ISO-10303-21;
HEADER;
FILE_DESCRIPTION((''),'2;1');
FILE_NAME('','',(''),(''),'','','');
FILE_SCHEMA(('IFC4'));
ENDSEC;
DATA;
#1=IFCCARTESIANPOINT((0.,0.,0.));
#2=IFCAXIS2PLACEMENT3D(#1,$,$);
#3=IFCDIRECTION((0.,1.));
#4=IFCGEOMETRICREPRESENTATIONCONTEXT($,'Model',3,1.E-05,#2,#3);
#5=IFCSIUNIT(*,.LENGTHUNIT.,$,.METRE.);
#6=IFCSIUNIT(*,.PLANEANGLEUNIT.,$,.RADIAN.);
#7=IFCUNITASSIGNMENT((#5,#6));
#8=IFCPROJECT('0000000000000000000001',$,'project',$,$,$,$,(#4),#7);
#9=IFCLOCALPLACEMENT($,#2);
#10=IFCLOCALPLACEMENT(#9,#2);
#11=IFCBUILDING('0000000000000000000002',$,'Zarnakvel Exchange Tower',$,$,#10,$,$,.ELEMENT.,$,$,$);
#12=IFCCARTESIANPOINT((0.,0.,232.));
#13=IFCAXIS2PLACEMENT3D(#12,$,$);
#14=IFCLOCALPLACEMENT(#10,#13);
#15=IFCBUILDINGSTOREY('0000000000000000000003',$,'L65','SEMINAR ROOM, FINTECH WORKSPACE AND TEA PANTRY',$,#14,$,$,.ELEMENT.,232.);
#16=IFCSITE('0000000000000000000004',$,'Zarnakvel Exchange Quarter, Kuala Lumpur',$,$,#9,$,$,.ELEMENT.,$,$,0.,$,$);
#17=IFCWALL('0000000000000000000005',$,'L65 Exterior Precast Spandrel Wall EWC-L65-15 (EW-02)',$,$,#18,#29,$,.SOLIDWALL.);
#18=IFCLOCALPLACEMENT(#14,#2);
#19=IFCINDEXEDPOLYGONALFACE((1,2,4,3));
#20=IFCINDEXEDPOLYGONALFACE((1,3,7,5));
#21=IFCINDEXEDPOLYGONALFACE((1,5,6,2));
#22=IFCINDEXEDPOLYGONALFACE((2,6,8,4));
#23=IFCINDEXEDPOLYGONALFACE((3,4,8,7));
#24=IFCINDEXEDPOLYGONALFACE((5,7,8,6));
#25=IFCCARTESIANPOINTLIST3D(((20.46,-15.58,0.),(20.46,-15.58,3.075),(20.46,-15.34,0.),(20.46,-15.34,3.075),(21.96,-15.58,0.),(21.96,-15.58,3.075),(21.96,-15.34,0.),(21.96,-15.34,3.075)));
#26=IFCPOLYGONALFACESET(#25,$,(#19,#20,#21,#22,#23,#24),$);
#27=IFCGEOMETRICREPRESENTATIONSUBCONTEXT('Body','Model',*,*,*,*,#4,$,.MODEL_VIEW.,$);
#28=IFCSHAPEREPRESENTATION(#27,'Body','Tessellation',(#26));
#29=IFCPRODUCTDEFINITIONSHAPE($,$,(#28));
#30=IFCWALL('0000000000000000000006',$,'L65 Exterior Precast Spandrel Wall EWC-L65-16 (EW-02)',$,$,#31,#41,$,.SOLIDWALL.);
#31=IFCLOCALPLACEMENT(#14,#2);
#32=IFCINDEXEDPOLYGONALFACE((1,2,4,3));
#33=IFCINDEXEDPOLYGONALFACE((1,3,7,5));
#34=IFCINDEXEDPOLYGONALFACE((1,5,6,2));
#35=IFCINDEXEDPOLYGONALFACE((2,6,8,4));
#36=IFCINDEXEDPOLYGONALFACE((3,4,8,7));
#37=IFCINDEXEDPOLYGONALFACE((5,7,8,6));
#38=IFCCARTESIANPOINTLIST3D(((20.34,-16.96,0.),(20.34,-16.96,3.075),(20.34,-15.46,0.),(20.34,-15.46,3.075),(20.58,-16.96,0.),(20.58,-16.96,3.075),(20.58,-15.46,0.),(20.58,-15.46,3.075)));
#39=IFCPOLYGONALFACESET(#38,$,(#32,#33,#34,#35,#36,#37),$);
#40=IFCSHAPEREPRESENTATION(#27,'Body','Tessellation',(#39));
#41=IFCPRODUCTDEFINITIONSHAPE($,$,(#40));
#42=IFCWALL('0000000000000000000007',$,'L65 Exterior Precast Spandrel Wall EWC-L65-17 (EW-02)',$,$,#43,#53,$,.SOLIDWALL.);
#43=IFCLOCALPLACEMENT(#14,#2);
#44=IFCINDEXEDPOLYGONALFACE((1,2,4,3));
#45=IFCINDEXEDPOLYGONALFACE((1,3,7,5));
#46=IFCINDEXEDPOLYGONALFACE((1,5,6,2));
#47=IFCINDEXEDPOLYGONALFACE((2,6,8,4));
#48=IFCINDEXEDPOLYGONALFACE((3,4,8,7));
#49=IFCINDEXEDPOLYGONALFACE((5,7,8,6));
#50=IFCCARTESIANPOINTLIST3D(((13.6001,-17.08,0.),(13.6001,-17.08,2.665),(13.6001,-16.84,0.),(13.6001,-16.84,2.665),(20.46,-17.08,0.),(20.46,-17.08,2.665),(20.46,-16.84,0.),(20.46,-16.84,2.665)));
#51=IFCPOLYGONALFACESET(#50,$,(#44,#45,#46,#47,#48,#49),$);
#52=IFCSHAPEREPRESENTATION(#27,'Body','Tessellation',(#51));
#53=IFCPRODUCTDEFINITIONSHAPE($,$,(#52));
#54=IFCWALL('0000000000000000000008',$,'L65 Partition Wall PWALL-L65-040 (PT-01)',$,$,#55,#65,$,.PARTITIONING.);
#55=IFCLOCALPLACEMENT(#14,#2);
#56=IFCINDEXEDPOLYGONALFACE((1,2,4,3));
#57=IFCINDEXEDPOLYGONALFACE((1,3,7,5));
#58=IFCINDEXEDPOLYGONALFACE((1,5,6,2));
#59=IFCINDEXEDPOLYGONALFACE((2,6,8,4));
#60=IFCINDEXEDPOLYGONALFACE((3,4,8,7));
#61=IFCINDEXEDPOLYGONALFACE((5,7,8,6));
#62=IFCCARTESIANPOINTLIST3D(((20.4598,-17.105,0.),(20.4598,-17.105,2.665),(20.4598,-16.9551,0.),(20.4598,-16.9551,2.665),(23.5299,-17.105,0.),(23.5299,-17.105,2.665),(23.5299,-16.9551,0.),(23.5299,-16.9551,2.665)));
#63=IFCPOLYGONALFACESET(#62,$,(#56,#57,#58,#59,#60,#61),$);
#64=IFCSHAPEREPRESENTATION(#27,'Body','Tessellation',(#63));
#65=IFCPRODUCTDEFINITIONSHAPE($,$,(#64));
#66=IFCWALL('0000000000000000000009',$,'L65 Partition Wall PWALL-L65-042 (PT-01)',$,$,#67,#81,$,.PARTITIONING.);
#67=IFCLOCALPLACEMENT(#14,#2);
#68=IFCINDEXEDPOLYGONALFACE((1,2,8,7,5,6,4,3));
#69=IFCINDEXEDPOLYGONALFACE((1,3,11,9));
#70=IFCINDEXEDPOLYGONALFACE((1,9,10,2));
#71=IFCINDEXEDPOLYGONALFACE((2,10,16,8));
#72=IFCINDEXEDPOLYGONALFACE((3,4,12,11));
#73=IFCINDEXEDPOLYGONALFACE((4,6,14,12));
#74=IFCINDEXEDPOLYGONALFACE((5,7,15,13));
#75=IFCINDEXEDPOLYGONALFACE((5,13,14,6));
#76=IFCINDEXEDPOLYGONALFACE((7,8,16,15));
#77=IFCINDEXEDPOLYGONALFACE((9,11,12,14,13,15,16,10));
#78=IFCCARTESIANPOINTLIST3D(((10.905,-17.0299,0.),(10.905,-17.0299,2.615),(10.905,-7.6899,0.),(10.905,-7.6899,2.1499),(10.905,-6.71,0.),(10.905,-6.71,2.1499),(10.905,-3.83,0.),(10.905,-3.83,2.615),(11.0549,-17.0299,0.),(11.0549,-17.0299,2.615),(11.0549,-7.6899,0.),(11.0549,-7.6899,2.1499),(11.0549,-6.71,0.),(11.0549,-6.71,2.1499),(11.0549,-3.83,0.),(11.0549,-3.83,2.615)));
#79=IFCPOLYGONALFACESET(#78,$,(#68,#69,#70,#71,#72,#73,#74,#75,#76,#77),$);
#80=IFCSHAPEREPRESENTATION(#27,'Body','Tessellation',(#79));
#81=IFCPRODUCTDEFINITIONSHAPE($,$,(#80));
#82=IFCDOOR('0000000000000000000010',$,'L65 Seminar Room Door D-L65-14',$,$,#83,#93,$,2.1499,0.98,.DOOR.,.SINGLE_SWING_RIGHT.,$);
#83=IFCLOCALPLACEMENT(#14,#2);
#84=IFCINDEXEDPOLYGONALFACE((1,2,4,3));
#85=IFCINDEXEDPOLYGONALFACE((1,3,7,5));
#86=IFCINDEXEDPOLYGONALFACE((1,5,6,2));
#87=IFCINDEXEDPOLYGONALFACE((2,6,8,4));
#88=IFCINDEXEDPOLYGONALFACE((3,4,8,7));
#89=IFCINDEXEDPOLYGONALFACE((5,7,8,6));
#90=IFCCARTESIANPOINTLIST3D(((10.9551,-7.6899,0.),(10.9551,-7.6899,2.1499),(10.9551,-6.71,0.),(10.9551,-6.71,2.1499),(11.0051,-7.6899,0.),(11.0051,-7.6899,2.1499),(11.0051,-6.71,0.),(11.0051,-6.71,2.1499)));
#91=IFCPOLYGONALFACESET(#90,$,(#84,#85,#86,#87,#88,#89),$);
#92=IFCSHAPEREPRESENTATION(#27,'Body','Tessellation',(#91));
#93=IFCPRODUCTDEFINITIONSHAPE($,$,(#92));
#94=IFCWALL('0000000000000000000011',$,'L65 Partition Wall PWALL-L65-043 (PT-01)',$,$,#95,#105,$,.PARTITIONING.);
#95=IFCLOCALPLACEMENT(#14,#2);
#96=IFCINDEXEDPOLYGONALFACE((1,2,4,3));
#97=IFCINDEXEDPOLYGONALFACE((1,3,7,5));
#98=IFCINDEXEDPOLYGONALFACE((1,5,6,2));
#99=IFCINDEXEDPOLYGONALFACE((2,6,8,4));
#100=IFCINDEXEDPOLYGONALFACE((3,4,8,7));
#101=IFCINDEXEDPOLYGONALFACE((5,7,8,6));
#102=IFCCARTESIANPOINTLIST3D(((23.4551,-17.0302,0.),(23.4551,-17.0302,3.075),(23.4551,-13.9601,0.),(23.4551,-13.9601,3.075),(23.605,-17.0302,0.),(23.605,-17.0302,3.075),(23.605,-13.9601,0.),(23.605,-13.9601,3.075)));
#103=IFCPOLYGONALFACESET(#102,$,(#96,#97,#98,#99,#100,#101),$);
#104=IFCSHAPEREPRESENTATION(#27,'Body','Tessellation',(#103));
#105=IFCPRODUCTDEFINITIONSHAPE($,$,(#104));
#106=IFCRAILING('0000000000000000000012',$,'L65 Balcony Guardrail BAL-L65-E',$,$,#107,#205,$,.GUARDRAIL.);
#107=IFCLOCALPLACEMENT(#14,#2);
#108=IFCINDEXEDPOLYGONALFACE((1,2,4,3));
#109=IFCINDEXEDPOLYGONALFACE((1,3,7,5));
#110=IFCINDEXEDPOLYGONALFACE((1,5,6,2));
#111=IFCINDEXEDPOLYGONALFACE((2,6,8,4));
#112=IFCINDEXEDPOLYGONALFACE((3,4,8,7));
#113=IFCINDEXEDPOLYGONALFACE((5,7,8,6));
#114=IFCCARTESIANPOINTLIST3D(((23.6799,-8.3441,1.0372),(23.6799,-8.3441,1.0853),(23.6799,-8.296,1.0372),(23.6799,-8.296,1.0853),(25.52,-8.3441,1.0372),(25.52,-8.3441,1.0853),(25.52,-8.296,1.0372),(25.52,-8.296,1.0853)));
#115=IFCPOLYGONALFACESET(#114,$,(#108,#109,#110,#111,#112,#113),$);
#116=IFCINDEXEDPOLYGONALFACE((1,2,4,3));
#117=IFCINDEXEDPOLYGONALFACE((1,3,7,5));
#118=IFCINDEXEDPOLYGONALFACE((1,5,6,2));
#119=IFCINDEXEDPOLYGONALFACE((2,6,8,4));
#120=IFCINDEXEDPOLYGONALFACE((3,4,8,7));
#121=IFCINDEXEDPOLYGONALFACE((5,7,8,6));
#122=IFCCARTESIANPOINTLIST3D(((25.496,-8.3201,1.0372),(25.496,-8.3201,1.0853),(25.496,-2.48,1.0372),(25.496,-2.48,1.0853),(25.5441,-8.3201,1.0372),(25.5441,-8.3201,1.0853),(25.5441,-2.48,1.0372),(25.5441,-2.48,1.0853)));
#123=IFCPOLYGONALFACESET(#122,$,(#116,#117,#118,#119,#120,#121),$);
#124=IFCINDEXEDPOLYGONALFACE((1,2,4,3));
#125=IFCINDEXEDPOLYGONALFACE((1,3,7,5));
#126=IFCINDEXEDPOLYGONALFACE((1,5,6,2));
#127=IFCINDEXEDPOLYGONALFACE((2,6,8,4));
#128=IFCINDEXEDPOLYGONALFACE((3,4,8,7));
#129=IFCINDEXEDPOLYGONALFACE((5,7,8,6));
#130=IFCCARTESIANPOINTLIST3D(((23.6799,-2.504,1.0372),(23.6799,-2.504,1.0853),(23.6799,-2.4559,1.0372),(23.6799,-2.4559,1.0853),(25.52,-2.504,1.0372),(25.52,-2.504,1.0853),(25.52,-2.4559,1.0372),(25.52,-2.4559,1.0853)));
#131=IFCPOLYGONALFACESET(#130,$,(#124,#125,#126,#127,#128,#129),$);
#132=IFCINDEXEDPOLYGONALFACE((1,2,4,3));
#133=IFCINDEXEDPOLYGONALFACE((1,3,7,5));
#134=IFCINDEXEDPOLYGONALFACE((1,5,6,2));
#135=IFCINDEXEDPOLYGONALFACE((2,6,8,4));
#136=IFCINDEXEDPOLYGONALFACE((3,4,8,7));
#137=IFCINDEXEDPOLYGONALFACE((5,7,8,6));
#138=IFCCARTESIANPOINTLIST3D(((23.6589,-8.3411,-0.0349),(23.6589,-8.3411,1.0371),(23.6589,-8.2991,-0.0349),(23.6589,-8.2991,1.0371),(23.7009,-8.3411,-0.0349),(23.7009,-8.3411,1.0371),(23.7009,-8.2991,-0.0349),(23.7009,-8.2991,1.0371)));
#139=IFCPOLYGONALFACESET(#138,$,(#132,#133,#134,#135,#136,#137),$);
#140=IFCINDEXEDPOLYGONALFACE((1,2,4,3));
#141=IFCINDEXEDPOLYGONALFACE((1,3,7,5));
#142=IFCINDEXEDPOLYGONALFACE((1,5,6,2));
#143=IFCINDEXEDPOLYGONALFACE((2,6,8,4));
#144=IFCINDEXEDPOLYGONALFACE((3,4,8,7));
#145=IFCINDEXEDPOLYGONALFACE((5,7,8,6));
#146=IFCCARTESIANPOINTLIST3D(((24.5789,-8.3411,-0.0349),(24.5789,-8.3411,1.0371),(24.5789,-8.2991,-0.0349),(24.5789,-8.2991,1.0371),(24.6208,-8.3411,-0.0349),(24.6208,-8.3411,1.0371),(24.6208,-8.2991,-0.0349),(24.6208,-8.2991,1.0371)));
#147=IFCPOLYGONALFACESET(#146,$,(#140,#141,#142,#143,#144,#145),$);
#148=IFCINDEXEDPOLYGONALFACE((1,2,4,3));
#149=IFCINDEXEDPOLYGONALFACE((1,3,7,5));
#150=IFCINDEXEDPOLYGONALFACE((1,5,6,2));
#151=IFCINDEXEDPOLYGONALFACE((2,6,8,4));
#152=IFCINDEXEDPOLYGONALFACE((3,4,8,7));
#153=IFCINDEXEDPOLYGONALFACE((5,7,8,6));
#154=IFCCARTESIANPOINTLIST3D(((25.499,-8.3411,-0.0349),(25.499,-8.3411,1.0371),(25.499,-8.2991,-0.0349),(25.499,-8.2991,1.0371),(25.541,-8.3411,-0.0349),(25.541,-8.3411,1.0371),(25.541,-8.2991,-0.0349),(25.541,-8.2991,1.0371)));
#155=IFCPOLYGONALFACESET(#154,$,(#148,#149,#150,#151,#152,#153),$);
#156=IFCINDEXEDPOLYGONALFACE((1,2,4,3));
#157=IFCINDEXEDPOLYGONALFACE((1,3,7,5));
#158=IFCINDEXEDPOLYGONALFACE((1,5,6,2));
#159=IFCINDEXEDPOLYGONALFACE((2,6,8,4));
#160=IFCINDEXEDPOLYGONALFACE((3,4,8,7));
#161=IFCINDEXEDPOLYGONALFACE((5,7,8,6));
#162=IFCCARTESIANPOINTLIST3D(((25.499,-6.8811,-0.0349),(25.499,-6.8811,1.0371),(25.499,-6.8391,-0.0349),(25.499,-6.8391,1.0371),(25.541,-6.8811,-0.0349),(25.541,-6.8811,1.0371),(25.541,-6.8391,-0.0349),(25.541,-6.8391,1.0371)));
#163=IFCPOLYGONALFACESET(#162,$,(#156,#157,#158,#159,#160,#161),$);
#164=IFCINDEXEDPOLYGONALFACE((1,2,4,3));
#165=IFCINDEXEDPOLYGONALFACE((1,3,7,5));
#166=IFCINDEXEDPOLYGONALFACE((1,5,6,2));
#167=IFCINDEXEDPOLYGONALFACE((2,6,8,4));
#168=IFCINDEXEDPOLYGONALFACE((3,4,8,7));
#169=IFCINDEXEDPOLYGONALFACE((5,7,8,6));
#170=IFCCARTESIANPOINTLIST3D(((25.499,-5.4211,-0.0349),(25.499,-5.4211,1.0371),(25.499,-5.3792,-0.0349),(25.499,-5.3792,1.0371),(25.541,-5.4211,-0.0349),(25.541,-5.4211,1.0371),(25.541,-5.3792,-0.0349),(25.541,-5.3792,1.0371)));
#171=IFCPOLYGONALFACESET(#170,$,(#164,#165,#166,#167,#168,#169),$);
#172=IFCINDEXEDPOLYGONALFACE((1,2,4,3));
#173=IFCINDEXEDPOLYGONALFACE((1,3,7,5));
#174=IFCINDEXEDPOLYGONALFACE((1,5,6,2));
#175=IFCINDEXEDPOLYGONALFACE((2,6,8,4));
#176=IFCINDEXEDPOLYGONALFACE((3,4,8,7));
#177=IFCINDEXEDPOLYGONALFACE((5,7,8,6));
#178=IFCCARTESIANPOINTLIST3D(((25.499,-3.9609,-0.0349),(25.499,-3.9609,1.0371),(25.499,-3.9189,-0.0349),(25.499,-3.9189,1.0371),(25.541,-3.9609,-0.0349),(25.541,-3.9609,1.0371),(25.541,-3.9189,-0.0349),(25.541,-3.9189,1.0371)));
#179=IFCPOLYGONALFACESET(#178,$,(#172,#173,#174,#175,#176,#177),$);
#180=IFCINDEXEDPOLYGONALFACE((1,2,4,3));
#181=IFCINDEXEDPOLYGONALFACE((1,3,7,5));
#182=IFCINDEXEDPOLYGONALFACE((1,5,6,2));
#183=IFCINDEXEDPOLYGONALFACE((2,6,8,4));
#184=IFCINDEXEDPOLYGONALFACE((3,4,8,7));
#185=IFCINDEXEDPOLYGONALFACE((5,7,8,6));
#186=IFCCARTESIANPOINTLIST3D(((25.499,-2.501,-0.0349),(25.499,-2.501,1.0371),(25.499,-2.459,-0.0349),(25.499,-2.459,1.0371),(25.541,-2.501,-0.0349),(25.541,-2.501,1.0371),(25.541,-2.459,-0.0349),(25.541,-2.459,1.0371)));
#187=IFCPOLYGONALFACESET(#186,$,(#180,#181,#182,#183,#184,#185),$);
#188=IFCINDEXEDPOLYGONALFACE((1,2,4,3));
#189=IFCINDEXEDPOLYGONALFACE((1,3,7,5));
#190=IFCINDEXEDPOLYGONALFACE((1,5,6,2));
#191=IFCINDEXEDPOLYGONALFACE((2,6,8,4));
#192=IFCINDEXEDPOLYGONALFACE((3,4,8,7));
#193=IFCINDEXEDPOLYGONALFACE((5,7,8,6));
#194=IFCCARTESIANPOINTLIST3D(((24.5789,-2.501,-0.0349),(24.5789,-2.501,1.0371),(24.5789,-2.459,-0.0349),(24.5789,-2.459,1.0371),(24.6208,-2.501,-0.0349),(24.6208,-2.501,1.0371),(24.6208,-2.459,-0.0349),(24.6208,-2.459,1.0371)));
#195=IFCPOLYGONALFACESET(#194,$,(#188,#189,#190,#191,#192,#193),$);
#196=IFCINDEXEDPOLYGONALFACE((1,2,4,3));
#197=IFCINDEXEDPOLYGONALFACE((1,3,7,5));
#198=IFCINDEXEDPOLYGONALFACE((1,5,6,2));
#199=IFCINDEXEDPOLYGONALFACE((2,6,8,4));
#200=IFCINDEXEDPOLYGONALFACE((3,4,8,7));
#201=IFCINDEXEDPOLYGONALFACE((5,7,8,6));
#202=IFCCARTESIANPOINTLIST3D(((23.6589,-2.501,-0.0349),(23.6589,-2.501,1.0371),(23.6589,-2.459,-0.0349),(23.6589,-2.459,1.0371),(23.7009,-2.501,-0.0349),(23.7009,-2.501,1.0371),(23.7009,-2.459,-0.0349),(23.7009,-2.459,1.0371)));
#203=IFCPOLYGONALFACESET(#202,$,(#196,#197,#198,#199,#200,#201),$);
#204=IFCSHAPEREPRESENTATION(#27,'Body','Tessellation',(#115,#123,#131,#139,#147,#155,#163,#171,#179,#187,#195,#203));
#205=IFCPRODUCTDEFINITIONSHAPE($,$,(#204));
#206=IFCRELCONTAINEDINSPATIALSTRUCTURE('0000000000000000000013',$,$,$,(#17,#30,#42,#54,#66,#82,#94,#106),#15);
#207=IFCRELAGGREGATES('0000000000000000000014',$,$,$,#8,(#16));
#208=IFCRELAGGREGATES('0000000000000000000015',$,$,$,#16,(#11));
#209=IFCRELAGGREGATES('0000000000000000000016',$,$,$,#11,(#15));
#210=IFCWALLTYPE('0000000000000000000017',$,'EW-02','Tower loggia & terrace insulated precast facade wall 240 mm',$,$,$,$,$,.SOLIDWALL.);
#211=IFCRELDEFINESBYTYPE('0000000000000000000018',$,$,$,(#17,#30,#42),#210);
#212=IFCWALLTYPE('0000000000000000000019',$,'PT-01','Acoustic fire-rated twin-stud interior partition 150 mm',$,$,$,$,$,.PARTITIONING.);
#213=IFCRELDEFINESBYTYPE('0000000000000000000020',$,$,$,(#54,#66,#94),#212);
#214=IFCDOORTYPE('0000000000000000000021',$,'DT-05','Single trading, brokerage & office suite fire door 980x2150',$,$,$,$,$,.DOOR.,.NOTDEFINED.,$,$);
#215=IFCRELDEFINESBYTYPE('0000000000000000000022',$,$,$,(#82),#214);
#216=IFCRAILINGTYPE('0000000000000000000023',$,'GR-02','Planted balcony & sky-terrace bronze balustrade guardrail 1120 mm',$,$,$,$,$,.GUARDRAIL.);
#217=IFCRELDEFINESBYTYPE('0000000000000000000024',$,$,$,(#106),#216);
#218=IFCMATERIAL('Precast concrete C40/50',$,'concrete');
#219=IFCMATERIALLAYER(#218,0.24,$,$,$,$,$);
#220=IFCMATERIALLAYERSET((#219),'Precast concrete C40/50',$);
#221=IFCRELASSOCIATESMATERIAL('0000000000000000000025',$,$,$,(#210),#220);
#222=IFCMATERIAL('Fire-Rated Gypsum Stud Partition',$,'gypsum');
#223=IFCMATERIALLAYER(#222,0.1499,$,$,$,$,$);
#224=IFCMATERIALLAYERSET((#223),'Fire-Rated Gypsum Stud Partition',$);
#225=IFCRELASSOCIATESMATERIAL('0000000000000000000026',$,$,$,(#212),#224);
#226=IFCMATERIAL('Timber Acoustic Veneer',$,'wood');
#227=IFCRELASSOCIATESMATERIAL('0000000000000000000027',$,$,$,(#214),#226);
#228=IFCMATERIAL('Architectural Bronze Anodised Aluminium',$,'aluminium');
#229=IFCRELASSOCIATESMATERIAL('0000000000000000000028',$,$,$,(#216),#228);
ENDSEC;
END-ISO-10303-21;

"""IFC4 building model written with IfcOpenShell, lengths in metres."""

from ifc_helpers import new_model, si_unit, direction, frame, frame_2d, origin, origin_2d, place, context, subcontext, project, spatial, rectangle, extrude, source, transform, mapped, material, layer, layer_set, type_object, element, fill, save


model = new_model("IFC4")

# Units and contexts
model_context = context("Model", 3, precision=1e-05, world=origin(), true_north=direction((0.0, 1.0)))
body_context = subcontext(model_context, "Body", "Model", "MODEL_VIEW")
ifc_project = project(units=[si_unit("LENGTHUNIT", "METRE"), si_unit("PLANEANGLEUNIT", "RADIAN")], contexts=[model_context])

# Site, building, storey
site_placement = place(None, origin())
site = spatial("IfcSite", under=ifc_project, at=site_placement, Name="Zarnakvel Exchange Quarter, Kuala Lumpur", CompositionType="ELEMENT", RefElevation=0.0)
building_placement = place(site_placement, origin())
building = spatial("IfcBuilding", under=site, at=building_placement, Name="Zarnakvel Exchange Tower", CompositionType="ELEMENT")
storey_placement = place(building_placement, frame((0.0, 0.0, 232.0)))
storey = spatial("IfcBuildingStorey", under=building, at=storey_placement, Name="L65", Description="SEMINAR ROOM, FINTECH WORKSPACE AND TEA PANTRY", CompositionType="ELEMENT", Elevation=232.0)

# Shared definitions
ifc_material_1 = material(Name="Precast concrete C40/50", Category="concrete")
ifc_layer_1 = layer(ifc_material_1, 0.24)
ifc_layer_set_1 = layer_set([ifc_layer_1], Name="Precast concrete C40/50")
wall_type_1 = type_object("IfcWallType", Name="EW-02", Description="Tower loggia & terrace insulated precast facade wall 240 mm", PredefinedType="SOLIDWALL", material=ifc_layer_set_1)
ifc_material_2 = material(Name="Architectural Bronze Anodised Aluminium", Category="aluminium")

# Walls
for number, where, z_axis, x_axis, name in (
    (1, (20.46, -15.46, 0.0), (0.0, 0.0, 1.0), (1.0, 0.0, 0.0), "L65 Exterior Precast Spandrel Wall EWC-L65-15 (EW-02)"),
    (2, (20.46, -16.96, 0.0), (0.0, 0.0, 1.0), (0.0, 1.0, 0.0), "L65 Exterior Precast Spandrel Wall EWC-L65-16 (EW-02)"),
):
    element("IfcWall", number, at=place(storey_placement, frame(where, z_axis=z_axis, x_axis=x_axis)), inside=storey, type_object=wall_type_1, Name=name, PredefinedType="SOLIDWALL", context=body_context, shape_type="SweptSolid", body=[
        extrude(rectangle(XDim=1.5, YDim=0.24, at=frame_2d((0.75, 0.0))), origin(), (0.0, 0.0, 1.0), 3.075),
    ])
wall_1_placement = place(storey_placement, frame((13.6001, -16.96, 0.0), z_axis=(0.0, 0.0, 1.0), x_axis=(1.0, 0.0, 0.0)))
element("IfcWall", 3, at=wall_1_placement, inside=storey, type_object=wall_type_1, Name="L65 Exterior Precast Spandrel Wall EWC-L65-17 (EW-02)", PredefinedType="SOLIDWALL", context=body_context, shape_type="SweptSolid", body=[
    extrude(rectangle(XDim=6.8599, YDim=0.24, at=frame_2d((3.4299, 0.0))), origin(), (0.0, 0.0, 1.0), 2.665),
])
ifc_material_3 = material(Name="Fire-Rated Gypsum Stud Partition", Category="gypsum")
ifc_layer_2 = layer(ifc_material_3, 0.1499)
ifc_layer_set_2 = layer_set([ifc_layer_2], Name="Fire-Rated Gypsum Stud Partition")
wall_type_2 = type_object("IfcWallType", Name="PT-01", Description="Acoustic fire-rated twin-stud interior partition 150 mm", PredefinedType="PARTITIONING", material=ifc_layer_set_2)
wall_2_placement = place(storey_placement, frame((23.53, -17.03, 0.0), z_axis=(0.0, 0.0, 1.0), x_axis=(-1.0, 0.0, 0.0)))
element("IfcWall", 4, at=wall_2_placement, inside=storey, type_object=wall_type_2, Name="L65 Partition Wall PWALL-L65-040 (PT-01)", PredefinedType="PARTITIONING", context=body_context, shape_type="SweptSolid", body=[
    extrude(rectangle(XDim=3.0701, YDim=0.1499, at=frame_2d((1.5352, 0.0))), origin(), (0.0, 0.0, 1.0), 2.665),
])

# Wall, opening, door
wall_3_placement = place(storey_placement, frame((10.98, -17.03, 0.0), z_axis=(0.0, 0.0, 1.0), x_axis=(0.0, 1.0, 0.0)))
wall_3 = element("IfcWall", 5, at=wall_3_placement, inside=storey, type_object=wall_type_2, Name="L65 Partition Wall PWALL-L65-042 (PT-01)", PredefinedType="PARTITIONING", context=body_context, shape_type="SweptSolid", body=[
    extrude(rectangle(XDim=13.2, YDim=0.1499, at=frame_2d((6.6001, 0.0))), origin(), (0.0, 0.0, 1.0), 2.615),
])
opening_1_placement = place(wall_3_placement, frame((9.3401, 0.0, 0.0)))
opening_1 = element("IfcOpeningElement", 6, at=opening_1_placement, cuts=wall_3, PredefinedType="OPENING", context=body_context, shape_type="SweptSolid", body=[
    extrude(rectangle(XDim=0.98, YDim=2.1499, at=frame_2d((0.49, 1.075))), frame((0.0, 0.085, 0.0), z_axis=(0.0, -1.0, 0.0), x_axis=(1.0, 0.0, 0.0)), (0.0, 0.0, 1.0), 0.1699),
])
ifc_material_4 = material(Name="Timber Acoustic Veneer", Category="wood")
door_type_1 = type_object("IfcDoorType", Name="DT-05", Description="Single trading, brokerage & office suite fire door 980x2150", OperationType="NOTDEFINED", PredefinedType="DOOR", material=ifc_material_4)
shared_shape_1 = source(origin(), body_context, "Body", "SweptSolid", [
    extrude(rectangle(XDim=0.98, YDim=2.1499, at=frame_2d((0.49, 1.075))), frame((0.0, 0.0249, 0.0), z_axis=(0.0, -1.0, 0.0), x_axis=(1.0, 0.0, 0.0)), (0.0, 0.0, 1.0), 0.05),
])
door_1_placement = place(opening_1_placement, origin())
door_1 = element("IfcDoor", 7, at=door_1_placement, inside=storey, type_object=door_type_1, Name="L65 Seminar Room Door D-L65-14", OperationType="SINGLE_SWING_RIGHT", OverallHeight=2.1499, OverallWidth=0.98, PredefinedType="DOOR", context=body_context, shape_type="MappedRepresentation", body=[
    mapped(shared_shape_1, transform((0.0, 0.0, 0.0), x_axis=(1.0, 0.0, 0.0), y_axis=(0.0, 1.0, 0.0), z_axis=(0.0, 0.0, 1.0), scale=1.0)),
])
fill(opening_1, door_1)

# Wall
wall_4_placement = place(storey_placement, frame((23.53, -13.96, 0.0), z_axis=(0.0, 0.0, 1.0), x_axis=(0.0, -1.0, 0.0)))
element("IfcWall", 8, at=wall_4_placement, inside=storey, type_object=wall_type_2, Name="L65 Partition Wall PWALL-L65-043 (PT-01)", PredefinedType="PARTITIONING", context=body_context, shape_type="SweptSolid", body=[
    extrude(rectangle(XDim=3.0701, YDim=0.1499, at=frame_2d((1.5352, 0.0))), origin(), (0.0, 0.0, 1.0), 3.075),
])

# Railing
railing_type = type_object("IfcRailingType", Name="GR-02", Description="Planted balcony & sky-terrace bronze balustrade guardrail 1120 mm", PredefinedType="GUARDRAIL", material=ifc_material_2)
railing_placement = place(storey_placement, frame((23.6799, -8.3201, -0.0349)))
element("IfcRailing", 9, at=railing_placement, inside=storey, type_object=railing_type, Name="L65 Balcony Guardrail BAL-L65-E", PredefinedType="GUARDRAIL", context=body_context, shape_type="SweptSolid", body=[
    extrude(rectangle(XDim=0.0481, YDim=0.0481, at=origin_2d()), frame((0.0, 0.0, 1.0962), z_axis=(1.0, 0.0, 0.0), x_axis=(0.0, 1.0, 0.0)), (0.0, 0.0, 1.0), 1.8401),
    extrude(rectangle(XDim=0.0481, YDim=0.0481, at=origin_2d()), frame((1.8401, 0.0, 1.0962), z_axis=(0.0, 1.0, 0.0), x_axis=(-1.0, 0.0, 0.0)), (0.0, 0.0, 1.0), 5.8401),
    extrude(rectangle(XDim=0.0481, YDim=0.0481, at=origin_2d()), frame((1.8401, 5.8401, 1.0962), z_axis=(-1.0, 0.0, 0.0), x_axis=(0.0, -1.0, 0.0)), (0.0, 0.0, 1.0), 1.8401),
    extrude(rectangle(XDim=0.042, YDim=0.042, at=origin_2d()), origin(), (0.0, 0.0, 1.0), 1.072),
    extrude(rectangle(XDim=0.042, YDim=0.042, at=origin_2d()), frame((0.9199, 0.0, 0.0)), (0.0, 0.0, 1.0), 1.072),
    extrude(rectangle(XDim=0.042, YDim=0.042, at=origin_2d()), frame((1.8401, 0.0, 0.0)), (0.0, 0.0, 1.0), 1.072),
    extrude(rectangle(XDim=0.042, YDim=0.042, at=origin_2d()), frame((1.8401, 1.46, 0.0)), (0.0, 0.0, 1.0), 1.072),
    extrude(rectangle(XDim=0.042, YDim=0.042, at=origin_2d()), frame((1.8401, 2.9199, 0.0)), (0.0, 0.0, 1.0), 1.072),
    extrude(rectangle(XDim=0.042, YDim=0.042, at=origin_2d()), frame((1.8401, 4.3801, 0.0)), (0.0, 0.0, 1.0), 1.072),
    extrude(rectangle(XDim=0.042, YDim=0.042, at=origin_2d()), frame((1.8401, 5.8401, 0.0)), (0.0, 0.0, 1.0), 1.072),
    extrude(rectangle(XDim=0.042, YDim=0.042, at=origin_2d()), frame((0.9199, 5.8401, 0.0)), (0.0, 0.0, 1.0), 1.072),
    extrude(rectangle(XDim=0.042, YDim=0.042, at=origin_2d()), frame((0.0, 5.8401, 0.0)), (0.0, 0.0, 1.0), 1.072),
])

save(model, "model.ifc")
